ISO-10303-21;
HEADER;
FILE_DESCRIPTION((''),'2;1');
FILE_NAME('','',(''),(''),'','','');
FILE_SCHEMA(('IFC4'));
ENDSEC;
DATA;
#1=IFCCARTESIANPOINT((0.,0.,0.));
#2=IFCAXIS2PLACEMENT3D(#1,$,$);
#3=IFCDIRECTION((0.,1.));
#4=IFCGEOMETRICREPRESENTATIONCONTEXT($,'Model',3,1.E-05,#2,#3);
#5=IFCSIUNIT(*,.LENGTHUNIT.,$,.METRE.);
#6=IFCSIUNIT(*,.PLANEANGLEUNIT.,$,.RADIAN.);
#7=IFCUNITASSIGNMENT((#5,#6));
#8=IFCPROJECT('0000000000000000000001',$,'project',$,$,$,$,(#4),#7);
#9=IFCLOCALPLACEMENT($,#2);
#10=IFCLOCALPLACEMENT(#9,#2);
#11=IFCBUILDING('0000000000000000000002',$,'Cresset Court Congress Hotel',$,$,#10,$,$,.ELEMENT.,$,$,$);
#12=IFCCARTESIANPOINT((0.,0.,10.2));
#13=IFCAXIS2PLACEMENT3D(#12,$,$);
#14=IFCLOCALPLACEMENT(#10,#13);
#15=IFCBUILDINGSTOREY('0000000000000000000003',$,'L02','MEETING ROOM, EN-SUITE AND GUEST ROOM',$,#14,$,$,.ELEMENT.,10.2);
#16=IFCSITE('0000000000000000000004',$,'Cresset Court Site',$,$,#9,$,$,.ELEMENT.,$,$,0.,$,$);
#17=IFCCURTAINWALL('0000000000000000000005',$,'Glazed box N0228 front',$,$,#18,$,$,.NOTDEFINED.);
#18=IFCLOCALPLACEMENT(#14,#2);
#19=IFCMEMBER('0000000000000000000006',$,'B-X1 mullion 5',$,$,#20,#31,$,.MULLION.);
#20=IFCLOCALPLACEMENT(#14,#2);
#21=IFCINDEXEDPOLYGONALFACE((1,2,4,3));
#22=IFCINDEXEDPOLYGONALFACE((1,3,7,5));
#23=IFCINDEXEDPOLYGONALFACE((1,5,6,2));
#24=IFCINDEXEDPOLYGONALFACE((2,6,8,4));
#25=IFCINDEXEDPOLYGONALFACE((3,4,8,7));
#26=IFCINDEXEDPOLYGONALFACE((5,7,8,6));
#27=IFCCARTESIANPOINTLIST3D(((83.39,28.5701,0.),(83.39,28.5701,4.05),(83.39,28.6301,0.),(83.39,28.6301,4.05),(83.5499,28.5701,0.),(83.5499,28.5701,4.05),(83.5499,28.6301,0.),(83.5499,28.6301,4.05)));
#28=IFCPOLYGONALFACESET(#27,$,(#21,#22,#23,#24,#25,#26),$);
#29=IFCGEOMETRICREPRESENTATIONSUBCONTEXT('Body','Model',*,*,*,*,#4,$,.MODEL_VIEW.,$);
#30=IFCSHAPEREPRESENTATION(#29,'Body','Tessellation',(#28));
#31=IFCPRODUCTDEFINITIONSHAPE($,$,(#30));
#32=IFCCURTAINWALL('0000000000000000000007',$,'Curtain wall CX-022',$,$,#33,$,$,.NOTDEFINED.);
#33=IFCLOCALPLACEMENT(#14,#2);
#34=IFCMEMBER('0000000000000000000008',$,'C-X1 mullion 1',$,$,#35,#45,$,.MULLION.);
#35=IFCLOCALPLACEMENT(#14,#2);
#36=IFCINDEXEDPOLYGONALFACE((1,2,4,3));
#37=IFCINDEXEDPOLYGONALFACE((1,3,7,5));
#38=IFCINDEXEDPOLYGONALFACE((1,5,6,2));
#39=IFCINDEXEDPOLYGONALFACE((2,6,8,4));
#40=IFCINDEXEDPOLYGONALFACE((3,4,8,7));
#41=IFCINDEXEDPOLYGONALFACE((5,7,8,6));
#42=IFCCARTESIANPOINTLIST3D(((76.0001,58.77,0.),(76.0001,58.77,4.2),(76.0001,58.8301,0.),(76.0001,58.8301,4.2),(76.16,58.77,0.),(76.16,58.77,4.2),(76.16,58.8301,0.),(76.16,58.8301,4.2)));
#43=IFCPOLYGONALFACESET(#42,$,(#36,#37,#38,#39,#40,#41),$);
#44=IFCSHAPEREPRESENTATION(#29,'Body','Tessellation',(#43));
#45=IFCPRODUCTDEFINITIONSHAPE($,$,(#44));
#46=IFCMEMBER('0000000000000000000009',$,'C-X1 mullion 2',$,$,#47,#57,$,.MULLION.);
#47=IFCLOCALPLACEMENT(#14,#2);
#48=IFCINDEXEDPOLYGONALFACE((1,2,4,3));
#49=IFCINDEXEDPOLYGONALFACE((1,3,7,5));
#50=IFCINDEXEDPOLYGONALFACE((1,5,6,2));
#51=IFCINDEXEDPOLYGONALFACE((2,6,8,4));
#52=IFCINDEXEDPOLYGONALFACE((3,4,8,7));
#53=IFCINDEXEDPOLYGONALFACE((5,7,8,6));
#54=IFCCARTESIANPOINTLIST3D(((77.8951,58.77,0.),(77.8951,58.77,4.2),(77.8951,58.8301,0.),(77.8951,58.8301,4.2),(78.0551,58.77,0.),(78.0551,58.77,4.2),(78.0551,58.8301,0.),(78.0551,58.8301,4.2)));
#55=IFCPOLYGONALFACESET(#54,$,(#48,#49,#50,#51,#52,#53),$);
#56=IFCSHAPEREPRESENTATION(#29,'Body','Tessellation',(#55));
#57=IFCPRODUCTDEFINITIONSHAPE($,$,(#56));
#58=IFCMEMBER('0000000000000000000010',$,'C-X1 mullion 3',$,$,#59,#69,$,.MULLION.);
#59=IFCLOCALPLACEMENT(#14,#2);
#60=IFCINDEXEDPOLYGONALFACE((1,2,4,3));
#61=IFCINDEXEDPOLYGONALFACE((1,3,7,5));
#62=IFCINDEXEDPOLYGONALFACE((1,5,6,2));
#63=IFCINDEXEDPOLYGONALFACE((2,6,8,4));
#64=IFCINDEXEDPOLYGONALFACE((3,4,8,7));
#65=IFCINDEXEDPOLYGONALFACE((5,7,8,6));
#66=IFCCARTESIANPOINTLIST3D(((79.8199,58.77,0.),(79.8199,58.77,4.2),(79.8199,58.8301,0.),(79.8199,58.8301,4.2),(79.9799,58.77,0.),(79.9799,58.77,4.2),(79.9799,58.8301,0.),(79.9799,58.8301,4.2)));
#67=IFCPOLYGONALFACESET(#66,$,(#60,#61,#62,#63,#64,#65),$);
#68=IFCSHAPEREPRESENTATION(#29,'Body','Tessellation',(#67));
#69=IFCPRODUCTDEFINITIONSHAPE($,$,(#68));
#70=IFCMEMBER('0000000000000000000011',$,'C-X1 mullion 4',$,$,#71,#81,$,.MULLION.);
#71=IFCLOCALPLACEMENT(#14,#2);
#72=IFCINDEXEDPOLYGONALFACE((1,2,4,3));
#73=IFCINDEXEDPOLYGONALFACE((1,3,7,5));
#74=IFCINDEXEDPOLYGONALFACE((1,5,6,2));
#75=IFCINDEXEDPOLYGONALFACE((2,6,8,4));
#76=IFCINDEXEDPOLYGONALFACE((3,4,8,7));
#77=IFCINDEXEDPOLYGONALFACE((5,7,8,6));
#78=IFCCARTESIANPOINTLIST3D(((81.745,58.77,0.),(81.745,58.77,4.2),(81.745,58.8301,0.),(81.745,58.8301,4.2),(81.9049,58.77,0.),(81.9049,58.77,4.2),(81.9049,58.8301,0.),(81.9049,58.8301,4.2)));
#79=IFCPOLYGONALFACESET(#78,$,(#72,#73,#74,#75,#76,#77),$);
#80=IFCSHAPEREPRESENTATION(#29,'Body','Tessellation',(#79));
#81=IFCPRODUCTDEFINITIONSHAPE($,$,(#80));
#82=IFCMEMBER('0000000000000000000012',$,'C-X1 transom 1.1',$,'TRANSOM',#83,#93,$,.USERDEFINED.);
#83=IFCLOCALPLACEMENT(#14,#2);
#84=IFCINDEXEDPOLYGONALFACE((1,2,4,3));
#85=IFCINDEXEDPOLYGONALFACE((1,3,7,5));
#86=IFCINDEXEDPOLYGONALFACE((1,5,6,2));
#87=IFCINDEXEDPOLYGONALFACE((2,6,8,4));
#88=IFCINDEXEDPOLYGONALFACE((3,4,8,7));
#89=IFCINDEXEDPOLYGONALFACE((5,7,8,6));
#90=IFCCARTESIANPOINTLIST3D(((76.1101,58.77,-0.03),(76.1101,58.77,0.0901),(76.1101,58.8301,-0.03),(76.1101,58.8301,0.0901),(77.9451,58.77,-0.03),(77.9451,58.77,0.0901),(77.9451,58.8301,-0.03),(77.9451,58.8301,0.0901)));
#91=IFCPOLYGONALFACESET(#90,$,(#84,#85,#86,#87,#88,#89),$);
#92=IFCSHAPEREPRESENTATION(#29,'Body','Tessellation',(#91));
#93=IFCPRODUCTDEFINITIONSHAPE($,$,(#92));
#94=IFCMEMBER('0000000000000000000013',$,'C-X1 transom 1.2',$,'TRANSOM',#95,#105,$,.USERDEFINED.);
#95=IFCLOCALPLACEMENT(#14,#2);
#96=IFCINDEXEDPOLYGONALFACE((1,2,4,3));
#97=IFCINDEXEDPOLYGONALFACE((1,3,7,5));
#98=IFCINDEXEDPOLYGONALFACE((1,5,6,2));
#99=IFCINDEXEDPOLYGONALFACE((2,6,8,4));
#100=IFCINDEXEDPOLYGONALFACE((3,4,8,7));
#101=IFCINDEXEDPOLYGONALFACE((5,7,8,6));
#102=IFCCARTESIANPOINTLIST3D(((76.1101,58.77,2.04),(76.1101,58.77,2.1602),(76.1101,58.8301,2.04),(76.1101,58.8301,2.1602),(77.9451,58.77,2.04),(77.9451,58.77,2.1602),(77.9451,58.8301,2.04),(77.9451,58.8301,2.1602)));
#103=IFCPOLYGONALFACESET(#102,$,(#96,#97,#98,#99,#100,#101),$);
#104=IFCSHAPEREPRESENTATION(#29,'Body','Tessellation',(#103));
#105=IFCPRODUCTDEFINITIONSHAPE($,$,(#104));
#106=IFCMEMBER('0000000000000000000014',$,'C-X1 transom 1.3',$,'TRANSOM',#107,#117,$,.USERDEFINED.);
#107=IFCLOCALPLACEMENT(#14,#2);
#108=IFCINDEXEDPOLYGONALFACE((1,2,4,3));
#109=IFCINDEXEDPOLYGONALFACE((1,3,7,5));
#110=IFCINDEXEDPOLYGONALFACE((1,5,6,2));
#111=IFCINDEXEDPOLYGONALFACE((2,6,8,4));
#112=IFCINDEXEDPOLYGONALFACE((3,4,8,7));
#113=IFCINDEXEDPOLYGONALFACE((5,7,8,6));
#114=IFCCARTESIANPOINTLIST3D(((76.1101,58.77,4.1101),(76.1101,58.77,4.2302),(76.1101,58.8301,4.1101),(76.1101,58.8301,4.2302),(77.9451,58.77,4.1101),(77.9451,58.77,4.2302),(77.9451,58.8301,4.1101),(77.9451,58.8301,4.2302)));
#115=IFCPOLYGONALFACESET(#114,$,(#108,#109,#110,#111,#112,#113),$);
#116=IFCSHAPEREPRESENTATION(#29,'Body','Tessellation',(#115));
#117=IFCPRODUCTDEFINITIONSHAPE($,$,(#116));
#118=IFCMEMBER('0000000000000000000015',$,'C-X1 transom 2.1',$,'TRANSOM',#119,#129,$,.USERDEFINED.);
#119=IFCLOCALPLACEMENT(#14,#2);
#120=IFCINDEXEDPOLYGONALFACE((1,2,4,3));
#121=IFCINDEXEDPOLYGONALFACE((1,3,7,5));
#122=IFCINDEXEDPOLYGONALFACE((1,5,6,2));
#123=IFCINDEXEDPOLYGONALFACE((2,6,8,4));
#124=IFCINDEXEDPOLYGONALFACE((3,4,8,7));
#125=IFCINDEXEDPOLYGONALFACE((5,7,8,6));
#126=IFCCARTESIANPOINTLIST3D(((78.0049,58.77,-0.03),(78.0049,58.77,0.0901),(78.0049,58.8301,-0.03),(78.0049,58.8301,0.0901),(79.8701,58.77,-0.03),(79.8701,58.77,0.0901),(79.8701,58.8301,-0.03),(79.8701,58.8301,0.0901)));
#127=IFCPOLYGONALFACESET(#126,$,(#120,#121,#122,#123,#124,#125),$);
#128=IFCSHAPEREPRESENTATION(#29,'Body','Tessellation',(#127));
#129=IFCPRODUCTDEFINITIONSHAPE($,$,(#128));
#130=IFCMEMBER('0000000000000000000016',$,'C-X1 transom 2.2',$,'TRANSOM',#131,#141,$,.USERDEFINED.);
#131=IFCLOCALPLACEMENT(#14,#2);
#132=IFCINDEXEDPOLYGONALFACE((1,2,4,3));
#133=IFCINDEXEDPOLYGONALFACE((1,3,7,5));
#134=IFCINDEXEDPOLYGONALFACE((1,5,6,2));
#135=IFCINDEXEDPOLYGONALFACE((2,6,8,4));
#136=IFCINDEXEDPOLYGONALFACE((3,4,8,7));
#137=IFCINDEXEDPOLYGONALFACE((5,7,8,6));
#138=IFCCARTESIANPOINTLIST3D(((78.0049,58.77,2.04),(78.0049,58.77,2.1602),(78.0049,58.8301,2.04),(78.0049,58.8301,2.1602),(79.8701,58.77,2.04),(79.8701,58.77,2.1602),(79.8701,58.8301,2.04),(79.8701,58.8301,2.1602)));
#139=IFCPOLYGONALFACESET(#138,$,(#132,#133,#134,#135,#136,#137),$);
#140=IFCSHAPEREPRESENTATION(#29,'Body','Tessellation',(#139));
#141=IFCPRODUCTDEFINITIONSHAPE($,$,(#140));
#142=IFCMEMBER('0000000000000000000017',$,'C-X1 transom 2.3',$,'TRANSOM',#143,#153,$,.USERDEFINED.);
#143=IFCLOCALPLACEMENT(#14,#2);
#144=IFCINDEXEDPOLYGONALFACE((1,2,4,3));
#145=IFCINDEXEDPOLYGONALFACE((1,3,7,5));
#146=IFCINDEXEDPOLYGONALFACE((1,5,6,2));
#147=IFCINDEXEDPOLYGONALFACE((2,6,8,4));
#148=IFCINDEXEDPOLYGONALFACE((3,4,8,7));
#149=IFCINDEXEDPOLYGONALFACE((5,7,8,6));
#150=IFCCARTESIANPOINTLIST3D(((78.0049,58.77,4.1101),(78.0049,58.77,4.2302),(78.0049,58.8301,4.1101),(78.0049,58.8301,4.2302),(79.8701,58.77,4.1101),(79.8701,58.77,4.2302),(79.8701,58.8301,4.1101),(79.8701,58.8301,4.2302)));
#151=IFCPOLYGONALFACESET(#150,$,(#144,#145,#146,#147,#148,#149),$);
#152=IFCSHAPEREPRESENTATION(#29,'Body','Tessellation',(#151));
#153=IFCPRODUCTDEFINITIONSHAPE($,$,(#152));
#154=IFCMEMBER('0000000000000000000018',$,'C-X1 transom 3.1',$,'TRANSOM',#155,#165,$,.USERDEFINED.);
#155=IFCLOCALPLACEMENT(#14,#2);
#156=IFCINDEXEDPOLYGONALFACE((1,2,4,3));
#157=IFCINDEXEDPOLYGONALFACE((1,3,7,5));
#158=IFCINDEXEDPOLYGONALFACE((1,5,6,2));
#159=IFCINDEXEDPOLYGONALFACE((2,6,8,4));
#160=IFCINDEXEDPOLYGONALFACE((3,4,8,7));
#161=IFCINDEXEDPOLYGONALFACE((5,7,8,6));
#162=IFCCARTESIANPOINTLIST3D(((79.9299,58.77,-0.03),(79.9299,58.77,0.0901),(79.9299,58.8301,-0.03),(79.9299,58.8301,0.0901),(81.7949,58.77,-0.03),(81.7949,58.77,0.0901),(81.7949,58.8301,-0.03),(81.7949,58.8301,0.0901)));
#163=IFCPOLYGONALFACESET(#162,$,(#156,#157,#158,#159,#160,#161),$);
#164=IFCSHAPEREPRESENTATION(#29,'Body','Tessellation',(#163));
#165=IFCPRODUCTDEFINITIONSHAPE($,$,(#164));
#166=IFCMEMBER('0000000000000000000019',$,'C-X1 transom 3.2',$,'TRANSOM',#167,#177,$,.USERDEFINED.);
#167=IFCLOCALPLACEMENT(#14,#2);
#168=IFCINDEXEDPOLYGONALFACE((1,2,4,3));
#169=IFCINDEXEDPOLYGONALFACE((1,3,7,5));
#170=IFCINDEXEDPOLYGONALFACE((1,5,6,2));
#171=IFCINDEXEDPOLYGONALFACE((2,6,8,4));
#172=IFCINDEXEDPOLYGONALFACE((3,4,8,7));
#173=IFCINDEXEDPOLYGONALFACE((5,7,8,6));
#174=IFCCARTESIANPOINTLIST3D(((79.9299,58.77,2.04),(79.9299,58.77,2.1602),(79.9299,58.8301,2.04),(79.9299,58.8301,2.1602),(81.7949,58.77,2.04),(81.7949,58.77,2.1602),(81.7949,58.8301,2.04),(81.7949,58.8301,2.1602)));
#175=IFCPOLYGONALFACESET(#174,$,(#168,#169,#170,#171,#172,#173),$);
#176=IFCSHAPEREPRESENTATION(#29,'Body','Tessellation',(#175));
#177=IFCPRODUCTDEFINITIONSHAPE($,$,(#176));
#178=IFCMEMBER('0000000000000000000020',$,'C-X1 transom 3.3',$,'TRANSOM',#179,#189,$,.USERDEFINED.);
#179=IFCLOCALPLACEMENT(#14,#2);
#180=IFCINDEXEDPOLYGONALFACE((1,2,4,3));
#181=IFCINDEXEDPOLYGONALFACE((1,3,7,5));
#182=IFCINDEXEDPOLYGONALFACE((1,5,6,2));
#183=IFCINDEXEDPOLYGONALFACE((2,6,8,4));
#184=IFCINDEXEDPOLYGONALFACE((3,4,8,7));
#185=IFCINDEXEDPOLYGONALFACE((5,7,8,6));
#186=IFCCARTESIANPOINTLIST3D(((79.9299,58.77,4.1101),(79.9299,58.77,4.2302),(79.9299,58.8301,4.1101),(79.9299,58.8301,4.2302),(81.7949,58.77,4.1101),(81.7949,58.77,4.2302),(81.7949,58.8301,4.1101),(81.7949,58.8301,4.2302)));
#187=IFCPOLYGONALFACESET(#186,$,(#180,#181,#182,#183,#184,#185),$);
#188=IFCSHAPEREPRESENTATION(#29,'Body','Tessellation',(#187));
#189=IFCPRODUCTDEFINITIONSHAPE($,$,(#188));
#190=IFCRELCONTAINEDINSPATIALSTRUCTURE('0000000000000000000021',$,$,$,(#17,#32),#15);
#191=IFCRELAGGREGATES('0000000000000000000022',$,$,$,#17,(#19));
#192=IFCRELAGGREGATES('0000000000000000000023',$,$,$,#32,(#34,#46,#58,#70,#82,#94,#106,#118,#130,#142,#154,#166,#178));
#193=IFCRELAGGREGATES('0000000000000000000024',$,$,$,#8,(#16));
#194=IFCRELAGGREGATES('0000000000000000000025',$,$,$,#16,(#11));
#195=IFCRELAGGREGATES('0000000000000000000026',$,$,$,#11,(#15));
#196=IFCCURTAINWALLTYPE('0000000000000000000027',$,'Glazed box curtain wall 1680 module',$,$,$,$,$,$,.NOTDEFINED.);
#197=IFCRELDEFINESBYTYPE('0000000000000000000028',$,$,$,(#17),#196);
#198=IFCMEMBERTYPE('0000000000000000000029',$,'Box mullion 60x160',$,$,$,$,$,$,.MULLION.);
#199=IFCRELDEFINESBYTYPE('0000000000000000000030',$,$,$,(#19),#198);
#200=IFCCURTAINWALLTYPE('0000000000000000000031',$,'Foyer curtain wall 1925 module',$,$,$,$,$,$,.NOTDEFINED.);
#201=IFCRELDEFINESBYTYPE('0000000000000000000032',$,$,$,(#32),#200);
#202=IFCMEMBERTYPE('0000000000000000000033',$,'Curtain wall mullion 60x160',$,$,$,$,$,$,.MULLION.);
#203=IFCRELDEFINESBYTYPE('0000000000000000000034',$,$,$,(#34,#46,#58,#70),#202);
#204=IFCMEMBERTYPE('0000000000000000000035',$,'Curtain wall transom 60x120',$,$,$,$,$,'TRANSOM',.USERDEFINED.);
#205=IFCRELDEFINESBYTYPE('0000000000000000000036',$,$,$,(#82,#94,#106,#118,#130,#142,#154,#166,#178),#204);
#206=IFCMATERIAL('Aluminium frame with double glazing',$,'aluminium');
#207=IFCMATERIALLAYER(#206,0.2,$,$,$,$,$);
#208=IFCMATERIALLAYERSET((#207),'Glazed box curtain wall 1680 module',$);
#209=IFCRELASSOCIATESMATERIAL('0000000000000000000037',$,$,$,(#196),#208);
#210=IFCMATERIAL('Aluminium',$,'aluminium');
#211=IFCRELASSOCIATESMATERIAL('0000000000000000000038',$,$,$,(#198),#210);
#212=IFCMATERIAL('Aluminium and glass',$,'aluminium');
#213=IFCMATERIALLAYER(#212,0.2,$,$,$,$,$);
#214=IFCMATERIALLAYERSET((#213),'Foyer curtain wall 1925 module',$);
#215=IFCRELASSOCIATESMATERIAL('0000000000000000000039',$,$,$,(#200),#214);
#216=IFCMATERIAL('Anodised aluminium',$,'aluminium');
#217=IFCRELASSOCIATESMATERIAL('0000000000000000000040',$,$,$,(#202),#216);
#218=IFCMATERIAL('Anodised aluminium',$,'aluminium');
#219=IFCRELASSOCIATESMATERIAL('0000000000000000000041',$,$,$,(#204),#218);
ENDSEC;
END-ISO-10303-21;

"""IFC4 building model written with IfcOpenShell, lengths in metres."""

from ifc_helpers import new_model, si_unit, direction, frame, origin, origin_2d, place, context, subcontext, project, spatial, rectangle, extrude, material, layer, layer_set, material_profile, profile_set, type_object, element, aggregate, save


model = new_model("IFC4")

# Units and contexts
model_context = context("Model", 3, precision=1e-05, world=origin(), true_north=direction((0.0, 1.0)))
body_context = subcontext(model_context, "Body", "Model", "MODEL_VIEW")
ifc_project = project(units=[si_unit("LENGTHUNIT", "METRE"), si_unit("PLANEANGLEUNIT", "RADIAN")], contexts=[model_context])

# Site, building, storey
site_placement = place(None, origin())
site = spatial("IfcSite", under=ifc_project, at=site_placement, Name="Cresset Court Site", CompositionType="ELEMENT", RefElevation=0.0)
building_placement = place(site_placement, origin())
building = spatial("IfcBuilding", under=site, at=building_placement, Name="Cresset Court Congress Hotel", CompositionType="ELEMENT")
storey_placement = place(building_placement, frame((0.0, 0.0, 10.2)))
storey = spatial("IfcBuildingStorey", under=building, at=storey_placement, Name="L02", Description="MEETING ROOM, EN-SUITE AND GUEST ROOM", CompositionType="ELEMENT", Elevation=10.2)

# Curtain wall, member
ifc_material_1 = material(Name="Aluminium frame with double glazing", Category="aluminium")
ifc_layer_1 = layer(ifc_material_1, 0.2)
ifc_layer_set_1 = layer_set([ifc_layer_1], Name="Glazed box curtain wall 1680 module")
curtain_wall_type_1 = type_object("IfcCurtainWallType", Name="Glazed box curtain wall 1680 module", PredefinedType="NOTDEFINED", material=ifc_layer_set_1)
curtain_wall_1_placement = place(storey_placement, origin())
curtain_wall_1 = element("IfcCurtainWall", 1, at=curtain_wall_1_placement, inside=storey, type_object=curtain_wall_type_1, Name="Glazed box N0228 front", PredefinedType="NOTDEFINED")
ifc_material_2 = material(Name="Aluminium", Category="aluminium")
ifc_material_profile_1 = material_profile(ifc_material_2, rectangle(XDim=0.0601, YDim=0.1599, at=origin_2d()), Name="Box mullion 60x160")
ifc_profile_set_1 = profile_set([ifc_material_profile_1], Name="Aluminium")
member_type_1 = type_object("IfcMemberType", Name="Box mullion 60x160", PredefinedType="MULLION", material=ifc_profile_set_1)
member_1_placement = place(storey_placement, frame((83.47, 28.6001, 0.0), z_axis=(0.0, 0.0, 1.0), x_axis=(0.0, 1.0, 0.0)))
member_1 = element("IfcMember", 2, at=member_1_placement, type_object=member_type_1, Name="B-X1 mullion 5", PredefinedType="MULLION", context=body_context, shape_type="SweptSolid", body=[
    extrude(rectangle(XDim=0.0601, YDim=0.1599, at=origin_2d()), origin(), (0.0, 0.0, 1.0), 4.05),
])
aggregate(curtain_wall_1, [member_1])

# Curtain wall, members
ifc_material_3 = material(Name="Aluminium and glass", Category="aluminium")
ifc_layer_2 = layer(ifc_material_3, 0.2)
ifc_layer_set_2 = layer_set([ifc_layer_2], Name="Foyer curtain wall 1925 module")
curtain_wall_type_2 = type_object("IfcCurtainWallType", Name="Foyer curtain wall 1925 module", PredefinedType="NOTDEFINED", material=ifc_layer_set_2)
curtain_wall_2_placement = place(storey_placement, origin())
curtain_wall_2 = element("IfcCurtainWall", 3, at=curtain_wall_2_placement, inside=storey, type_object=curtain_wall_type_2, Name="Curtain wall CX-022", PredefinedType="NOTDEFINED")
ifc_material_4 = material(Name="Anodised aluminium", Category="aluminium")
ifc_material_profile_2 = material_profile(ifc_material_4, rectangle(XDim=0.0601, YDim=0.1599, at=origin_2d()), Name="AL60x160")
ifc_profile_set_2 = profile_set([ifc_material_profile_2], Name="Anodised aluminium")
member_type_2 = type_object("IfcMemberType", Name="Curtain wall mullion 60x160", PredefinedType="MULLION", material=ifc_profile_set_2)
member_2_placement = place(storey_placement, frame((76.0801, 58.8, 0.0), z_axis=(0.0, 0.0, 1.0), x_axis=(0.0, 1.0, 0.0)))
member_2 = element("IfcMember", 4, at=member_2_placement, type_object=member_type_2, Name="C-X1 mullion 1", PredefinedType="MULLION", context=body_context, shape_type="SweptSolid", body=[
    extrude(rectangle(XDim=0.0601, YDim=0.1599, at=origin_2d()), origin(), (0.0, 0.0, 1.0), 4.2),
])
member_3_placement = place(storey_placement, frame((77.9751, 58.8, 0.0), z_axis=(0.0, 0.0, 1.0), x_axis=(0.0, 1.0, 0.0)))
member_3 = element("IfcMember", 5, at=member_3_placement, type_object=member_type_2, Name="C-X1 mullion 2", PredefinedType="MULLION", context=body_context, shape_type="SweptSolid", body=[
    extrude(rectangle(XDim=0.0601, YDim=0.1599, at=origin_2d()), origin(), (0.0, 0.0, 1.0), 4.2),
])
member_4_placement = place(storey_placement, frame((79.8999, 58.8, 0.0), z_axis=(0.0, 0.0, 1.0), x_axis=(0.0, 1.0, 0.0)))
member_4 = element("IfcMember", 6, at=member_4_placement, type_object=member_type_2, Name="C-X1 mullion 3", PredefinedType="MULLION", context=body_context, shape_type="SweptSolid", body=[
    extrude(rectangle(XDim=0.0601, YDim=0.1599, at=origin_2d()), origin(), (0.0, 0.0, 1.0), 4.2),
])
member_5_placement = place(storey_placement, frame((81.825, 58.8, 0.0), z_axis=(0.0, 0.0, 1.0), x_axis=(0.0, 1.0, 0.0)))
member_5 = element("IfcMember", 7, at=member_5_placement, type_object=member_type_2, Name="C-X1 mullion 4", PredefinedType="MULLION", context=body_context, shape_type="SweptSolid", body=[
    extrude(rectangle(XDim=0.0601, YDim=0.1599, at=origin_2d()), origin(), (0.0, 0.0, 1.0), 4.2),
])
ifc_material_5 = material(Name="Anodised aluminium", Category="aluminium")
ifc_material_profile_3 = material_profile(ifc_material_5, rectangle(XDim=0.0601, YDim=0.1201, at=origin_2d()), Name="AL60x120")
ifc_profile_set_3 = profile_set([ifc_material_profile_3], Name="Anodised aluminium")
member_type_3 = type_object("IfcMemberType", Name="Curtain wall transom 60x120", ElementType="TRANSOM", PredefinedType="USERDEFINED", material=ifc_profile_set_3)
member_6_placement = place(storey_placement, frame((76.1101, 58.8, 0.03), z_axis=(1.0, 0.0, 0.0), x_axis=(0.0, 1.0, 0.0)))
member_6 = element("IfcMember", 8, at=member_6_placement, type_object=member_type_3, Name="C-X1 transom 1.1", ObjectType="TRANSOM", PredefinedType="USERDEFINED", context=body_context, shape_type="SweptSolid", body=[
    extrude(rectangle(XDim=0.0601, YDim=0.1201, at=origin_2d()), origin(), (0.0, 0.0, 1.0), 1.835),
])
member_7_placement = place(storey_placement, frame((76.1101, 58.8, 2.1001), z_axis=(1.0, 0.0, 0.0), x_axis=(0.0, 1.0, 0.0)))
member_7 = element("IfcMember", 9, at=member_7_placement, type_object=member_type_3, Name="C-X1 transom 1.2", ObjectType="TRANSOM", PredefinedType="USERDEFINED", context=body_context, shape_type="SweptSolid", body=[
    extrude(rectangle(XDim=0.0601, YDim=0.1201, at=origin_2d()), origin(), (0.0, 0.0, 1.0), 1.835),
])
member_8_placement = place(storey_placement, frame((76.1101, 58.8, 4.1702), z_axis=(1.0, 0.0, 0.0), x_axis=(0.0, 1.0, 0.0)))
member_8 = element("IfcMember", 10, at=member_8_placement, type_object=member_type_3, Name="C-X1 transom 1.3", ObjectType="TRANSOM", PredefinedType="USERDEFINED", context=body_context, shape_type="SweptSolid", body=[
    extrude(rectangle(XDim=0.0601, YDim=0.1201, at=origin_2d()), origin(), (0.0, 0.0, 1.0), 1.835),
])
member_9_placement = place(storey_placement, frame((78.0049, 58.8, 0.03), z_axis=(1.0, 0.0, 0.0), x_axis=(0.0, 1.0, 0.0)))
member_9 = element("IfcMember", 11, at=member_9_placement, type_object=member_type_3, Name="C-X1 transom 2.1", ObjectType="TRANSOM", PredefinedType="USERDEFINED", context=body_context, shape_type="SweptSolid", body=[
    extrude(rectangle(XDim=0.0601, YDim=0.1201, at=origin_2d()), origin(), (0.0, 0.0, 1.0), 1.8652),
])
member_10_placement = place(storey_placement, frame((78.0049, 58.8, 2.1001), z_axis=(1.0, 0.0, 0.0), x_axis=(0.0, 1.0, 0.0)))
member_10 = element("IfcMember", 12, at=member_10_placement, type_object=member_type_3, Name="C-X1 transom 2.2", ObjectType="TRANSOM", PredefinedType="USERDEFINED", context=body_context, shape_type="SweptSolid", body=[
    extrude(rectangle(XDim=0.0601, YDim=0.1201, at=origin_2d()), origin(), (0.0, 0.0, 1.0), 1.8652),
])
member_11_placement = place(storey_placement, frame((78.0049, 58.8, 4.1702), z_axis=(1.0, 0.0, 0.0), x_axis=(0.0, 1.0, 0.0)))
member_11 = element("IfcMember", 13, at=member_11_placement, type_object=member_type_3, Name="C-X1 transom 2.3", ObjectType="TRANSOM", PredefinedType="USERDEFINED", context=body_context, shape_type="SweptSolid", body=[
    extrude(rectangle(XDim=0.0601, YDim=0.1201, at=origin_2d()), origin(), (0.0, 0.0, 1.0), 1.8652),
])
member_12_placement = place(storey_placement, frame((79.9299, 58.8, 0.03), z_axis=(1.0, 0.0, 0.0), x_axis=(0.0, 1.0, 0.0)))
member_12 = element("IfcMember", 14, at=member_12_placement, type_object=member_type_3, Name="C-X1 transom 3.1", ObjectType="TRANSOM", PredefinedType="USERDEFINED", context=body_context, shape_type="SweptSolid", body=[
    extrude(rectangle(XDim=0.0601, YDim=0.1201, at=origin_2d()), origin(), (0.0, 0.0, 1.0), 1.865),
])
member_13_placement = place(storey_placement, frame((79.9299, 58.8, 2.1001), z_axis=(1.0, 0.0, 0.0), x_axis=(0.0, 1.0, 0.0)))
member_13 = element("IfcMember", 15, at=member_13_placement, type_object=member_type_3, Name="C-X1 transom 3.2", ObjectType="TRANSOM", PredefinedType="USERDEFINED", context=body_context, shape_type="SweptSolid", body=[
    extrude(rectangle(XDim=0.0601, YDim=0.1201, at=origin_2d()), origin(), (0.0, 0.0, 1.0), 1.865),
])
member_14_placement = place(storey_placement, frame((79.9299, 58.8, 4.1702), z_axis=(1.0, 0.0, 0.0), x_axis=(0.0, 1.0, 0.0)))
member_14 = element("IfcMember", 16, at=member_14_placement, type_object=member_type_3, Name="C-X1 transom 3.3", ObjectType="TRANSOM", PredefinedType="USERDEFINED", context=body_context, shape_type="SweptSolid", body=[
    extrude(rectangle(XDim=0.0601, YDim=0.1201, at=origin_2d()), origin(), (0.0, 0.0, 1.0), 1.865),
])
aggregate(curtain_wall_2, [member_2, member_3, member_4, member_5, member_6, member_7, member_8, member_9, member_10, member_11, member_12, member_13, member_14])

save(model, "model.ifc")
